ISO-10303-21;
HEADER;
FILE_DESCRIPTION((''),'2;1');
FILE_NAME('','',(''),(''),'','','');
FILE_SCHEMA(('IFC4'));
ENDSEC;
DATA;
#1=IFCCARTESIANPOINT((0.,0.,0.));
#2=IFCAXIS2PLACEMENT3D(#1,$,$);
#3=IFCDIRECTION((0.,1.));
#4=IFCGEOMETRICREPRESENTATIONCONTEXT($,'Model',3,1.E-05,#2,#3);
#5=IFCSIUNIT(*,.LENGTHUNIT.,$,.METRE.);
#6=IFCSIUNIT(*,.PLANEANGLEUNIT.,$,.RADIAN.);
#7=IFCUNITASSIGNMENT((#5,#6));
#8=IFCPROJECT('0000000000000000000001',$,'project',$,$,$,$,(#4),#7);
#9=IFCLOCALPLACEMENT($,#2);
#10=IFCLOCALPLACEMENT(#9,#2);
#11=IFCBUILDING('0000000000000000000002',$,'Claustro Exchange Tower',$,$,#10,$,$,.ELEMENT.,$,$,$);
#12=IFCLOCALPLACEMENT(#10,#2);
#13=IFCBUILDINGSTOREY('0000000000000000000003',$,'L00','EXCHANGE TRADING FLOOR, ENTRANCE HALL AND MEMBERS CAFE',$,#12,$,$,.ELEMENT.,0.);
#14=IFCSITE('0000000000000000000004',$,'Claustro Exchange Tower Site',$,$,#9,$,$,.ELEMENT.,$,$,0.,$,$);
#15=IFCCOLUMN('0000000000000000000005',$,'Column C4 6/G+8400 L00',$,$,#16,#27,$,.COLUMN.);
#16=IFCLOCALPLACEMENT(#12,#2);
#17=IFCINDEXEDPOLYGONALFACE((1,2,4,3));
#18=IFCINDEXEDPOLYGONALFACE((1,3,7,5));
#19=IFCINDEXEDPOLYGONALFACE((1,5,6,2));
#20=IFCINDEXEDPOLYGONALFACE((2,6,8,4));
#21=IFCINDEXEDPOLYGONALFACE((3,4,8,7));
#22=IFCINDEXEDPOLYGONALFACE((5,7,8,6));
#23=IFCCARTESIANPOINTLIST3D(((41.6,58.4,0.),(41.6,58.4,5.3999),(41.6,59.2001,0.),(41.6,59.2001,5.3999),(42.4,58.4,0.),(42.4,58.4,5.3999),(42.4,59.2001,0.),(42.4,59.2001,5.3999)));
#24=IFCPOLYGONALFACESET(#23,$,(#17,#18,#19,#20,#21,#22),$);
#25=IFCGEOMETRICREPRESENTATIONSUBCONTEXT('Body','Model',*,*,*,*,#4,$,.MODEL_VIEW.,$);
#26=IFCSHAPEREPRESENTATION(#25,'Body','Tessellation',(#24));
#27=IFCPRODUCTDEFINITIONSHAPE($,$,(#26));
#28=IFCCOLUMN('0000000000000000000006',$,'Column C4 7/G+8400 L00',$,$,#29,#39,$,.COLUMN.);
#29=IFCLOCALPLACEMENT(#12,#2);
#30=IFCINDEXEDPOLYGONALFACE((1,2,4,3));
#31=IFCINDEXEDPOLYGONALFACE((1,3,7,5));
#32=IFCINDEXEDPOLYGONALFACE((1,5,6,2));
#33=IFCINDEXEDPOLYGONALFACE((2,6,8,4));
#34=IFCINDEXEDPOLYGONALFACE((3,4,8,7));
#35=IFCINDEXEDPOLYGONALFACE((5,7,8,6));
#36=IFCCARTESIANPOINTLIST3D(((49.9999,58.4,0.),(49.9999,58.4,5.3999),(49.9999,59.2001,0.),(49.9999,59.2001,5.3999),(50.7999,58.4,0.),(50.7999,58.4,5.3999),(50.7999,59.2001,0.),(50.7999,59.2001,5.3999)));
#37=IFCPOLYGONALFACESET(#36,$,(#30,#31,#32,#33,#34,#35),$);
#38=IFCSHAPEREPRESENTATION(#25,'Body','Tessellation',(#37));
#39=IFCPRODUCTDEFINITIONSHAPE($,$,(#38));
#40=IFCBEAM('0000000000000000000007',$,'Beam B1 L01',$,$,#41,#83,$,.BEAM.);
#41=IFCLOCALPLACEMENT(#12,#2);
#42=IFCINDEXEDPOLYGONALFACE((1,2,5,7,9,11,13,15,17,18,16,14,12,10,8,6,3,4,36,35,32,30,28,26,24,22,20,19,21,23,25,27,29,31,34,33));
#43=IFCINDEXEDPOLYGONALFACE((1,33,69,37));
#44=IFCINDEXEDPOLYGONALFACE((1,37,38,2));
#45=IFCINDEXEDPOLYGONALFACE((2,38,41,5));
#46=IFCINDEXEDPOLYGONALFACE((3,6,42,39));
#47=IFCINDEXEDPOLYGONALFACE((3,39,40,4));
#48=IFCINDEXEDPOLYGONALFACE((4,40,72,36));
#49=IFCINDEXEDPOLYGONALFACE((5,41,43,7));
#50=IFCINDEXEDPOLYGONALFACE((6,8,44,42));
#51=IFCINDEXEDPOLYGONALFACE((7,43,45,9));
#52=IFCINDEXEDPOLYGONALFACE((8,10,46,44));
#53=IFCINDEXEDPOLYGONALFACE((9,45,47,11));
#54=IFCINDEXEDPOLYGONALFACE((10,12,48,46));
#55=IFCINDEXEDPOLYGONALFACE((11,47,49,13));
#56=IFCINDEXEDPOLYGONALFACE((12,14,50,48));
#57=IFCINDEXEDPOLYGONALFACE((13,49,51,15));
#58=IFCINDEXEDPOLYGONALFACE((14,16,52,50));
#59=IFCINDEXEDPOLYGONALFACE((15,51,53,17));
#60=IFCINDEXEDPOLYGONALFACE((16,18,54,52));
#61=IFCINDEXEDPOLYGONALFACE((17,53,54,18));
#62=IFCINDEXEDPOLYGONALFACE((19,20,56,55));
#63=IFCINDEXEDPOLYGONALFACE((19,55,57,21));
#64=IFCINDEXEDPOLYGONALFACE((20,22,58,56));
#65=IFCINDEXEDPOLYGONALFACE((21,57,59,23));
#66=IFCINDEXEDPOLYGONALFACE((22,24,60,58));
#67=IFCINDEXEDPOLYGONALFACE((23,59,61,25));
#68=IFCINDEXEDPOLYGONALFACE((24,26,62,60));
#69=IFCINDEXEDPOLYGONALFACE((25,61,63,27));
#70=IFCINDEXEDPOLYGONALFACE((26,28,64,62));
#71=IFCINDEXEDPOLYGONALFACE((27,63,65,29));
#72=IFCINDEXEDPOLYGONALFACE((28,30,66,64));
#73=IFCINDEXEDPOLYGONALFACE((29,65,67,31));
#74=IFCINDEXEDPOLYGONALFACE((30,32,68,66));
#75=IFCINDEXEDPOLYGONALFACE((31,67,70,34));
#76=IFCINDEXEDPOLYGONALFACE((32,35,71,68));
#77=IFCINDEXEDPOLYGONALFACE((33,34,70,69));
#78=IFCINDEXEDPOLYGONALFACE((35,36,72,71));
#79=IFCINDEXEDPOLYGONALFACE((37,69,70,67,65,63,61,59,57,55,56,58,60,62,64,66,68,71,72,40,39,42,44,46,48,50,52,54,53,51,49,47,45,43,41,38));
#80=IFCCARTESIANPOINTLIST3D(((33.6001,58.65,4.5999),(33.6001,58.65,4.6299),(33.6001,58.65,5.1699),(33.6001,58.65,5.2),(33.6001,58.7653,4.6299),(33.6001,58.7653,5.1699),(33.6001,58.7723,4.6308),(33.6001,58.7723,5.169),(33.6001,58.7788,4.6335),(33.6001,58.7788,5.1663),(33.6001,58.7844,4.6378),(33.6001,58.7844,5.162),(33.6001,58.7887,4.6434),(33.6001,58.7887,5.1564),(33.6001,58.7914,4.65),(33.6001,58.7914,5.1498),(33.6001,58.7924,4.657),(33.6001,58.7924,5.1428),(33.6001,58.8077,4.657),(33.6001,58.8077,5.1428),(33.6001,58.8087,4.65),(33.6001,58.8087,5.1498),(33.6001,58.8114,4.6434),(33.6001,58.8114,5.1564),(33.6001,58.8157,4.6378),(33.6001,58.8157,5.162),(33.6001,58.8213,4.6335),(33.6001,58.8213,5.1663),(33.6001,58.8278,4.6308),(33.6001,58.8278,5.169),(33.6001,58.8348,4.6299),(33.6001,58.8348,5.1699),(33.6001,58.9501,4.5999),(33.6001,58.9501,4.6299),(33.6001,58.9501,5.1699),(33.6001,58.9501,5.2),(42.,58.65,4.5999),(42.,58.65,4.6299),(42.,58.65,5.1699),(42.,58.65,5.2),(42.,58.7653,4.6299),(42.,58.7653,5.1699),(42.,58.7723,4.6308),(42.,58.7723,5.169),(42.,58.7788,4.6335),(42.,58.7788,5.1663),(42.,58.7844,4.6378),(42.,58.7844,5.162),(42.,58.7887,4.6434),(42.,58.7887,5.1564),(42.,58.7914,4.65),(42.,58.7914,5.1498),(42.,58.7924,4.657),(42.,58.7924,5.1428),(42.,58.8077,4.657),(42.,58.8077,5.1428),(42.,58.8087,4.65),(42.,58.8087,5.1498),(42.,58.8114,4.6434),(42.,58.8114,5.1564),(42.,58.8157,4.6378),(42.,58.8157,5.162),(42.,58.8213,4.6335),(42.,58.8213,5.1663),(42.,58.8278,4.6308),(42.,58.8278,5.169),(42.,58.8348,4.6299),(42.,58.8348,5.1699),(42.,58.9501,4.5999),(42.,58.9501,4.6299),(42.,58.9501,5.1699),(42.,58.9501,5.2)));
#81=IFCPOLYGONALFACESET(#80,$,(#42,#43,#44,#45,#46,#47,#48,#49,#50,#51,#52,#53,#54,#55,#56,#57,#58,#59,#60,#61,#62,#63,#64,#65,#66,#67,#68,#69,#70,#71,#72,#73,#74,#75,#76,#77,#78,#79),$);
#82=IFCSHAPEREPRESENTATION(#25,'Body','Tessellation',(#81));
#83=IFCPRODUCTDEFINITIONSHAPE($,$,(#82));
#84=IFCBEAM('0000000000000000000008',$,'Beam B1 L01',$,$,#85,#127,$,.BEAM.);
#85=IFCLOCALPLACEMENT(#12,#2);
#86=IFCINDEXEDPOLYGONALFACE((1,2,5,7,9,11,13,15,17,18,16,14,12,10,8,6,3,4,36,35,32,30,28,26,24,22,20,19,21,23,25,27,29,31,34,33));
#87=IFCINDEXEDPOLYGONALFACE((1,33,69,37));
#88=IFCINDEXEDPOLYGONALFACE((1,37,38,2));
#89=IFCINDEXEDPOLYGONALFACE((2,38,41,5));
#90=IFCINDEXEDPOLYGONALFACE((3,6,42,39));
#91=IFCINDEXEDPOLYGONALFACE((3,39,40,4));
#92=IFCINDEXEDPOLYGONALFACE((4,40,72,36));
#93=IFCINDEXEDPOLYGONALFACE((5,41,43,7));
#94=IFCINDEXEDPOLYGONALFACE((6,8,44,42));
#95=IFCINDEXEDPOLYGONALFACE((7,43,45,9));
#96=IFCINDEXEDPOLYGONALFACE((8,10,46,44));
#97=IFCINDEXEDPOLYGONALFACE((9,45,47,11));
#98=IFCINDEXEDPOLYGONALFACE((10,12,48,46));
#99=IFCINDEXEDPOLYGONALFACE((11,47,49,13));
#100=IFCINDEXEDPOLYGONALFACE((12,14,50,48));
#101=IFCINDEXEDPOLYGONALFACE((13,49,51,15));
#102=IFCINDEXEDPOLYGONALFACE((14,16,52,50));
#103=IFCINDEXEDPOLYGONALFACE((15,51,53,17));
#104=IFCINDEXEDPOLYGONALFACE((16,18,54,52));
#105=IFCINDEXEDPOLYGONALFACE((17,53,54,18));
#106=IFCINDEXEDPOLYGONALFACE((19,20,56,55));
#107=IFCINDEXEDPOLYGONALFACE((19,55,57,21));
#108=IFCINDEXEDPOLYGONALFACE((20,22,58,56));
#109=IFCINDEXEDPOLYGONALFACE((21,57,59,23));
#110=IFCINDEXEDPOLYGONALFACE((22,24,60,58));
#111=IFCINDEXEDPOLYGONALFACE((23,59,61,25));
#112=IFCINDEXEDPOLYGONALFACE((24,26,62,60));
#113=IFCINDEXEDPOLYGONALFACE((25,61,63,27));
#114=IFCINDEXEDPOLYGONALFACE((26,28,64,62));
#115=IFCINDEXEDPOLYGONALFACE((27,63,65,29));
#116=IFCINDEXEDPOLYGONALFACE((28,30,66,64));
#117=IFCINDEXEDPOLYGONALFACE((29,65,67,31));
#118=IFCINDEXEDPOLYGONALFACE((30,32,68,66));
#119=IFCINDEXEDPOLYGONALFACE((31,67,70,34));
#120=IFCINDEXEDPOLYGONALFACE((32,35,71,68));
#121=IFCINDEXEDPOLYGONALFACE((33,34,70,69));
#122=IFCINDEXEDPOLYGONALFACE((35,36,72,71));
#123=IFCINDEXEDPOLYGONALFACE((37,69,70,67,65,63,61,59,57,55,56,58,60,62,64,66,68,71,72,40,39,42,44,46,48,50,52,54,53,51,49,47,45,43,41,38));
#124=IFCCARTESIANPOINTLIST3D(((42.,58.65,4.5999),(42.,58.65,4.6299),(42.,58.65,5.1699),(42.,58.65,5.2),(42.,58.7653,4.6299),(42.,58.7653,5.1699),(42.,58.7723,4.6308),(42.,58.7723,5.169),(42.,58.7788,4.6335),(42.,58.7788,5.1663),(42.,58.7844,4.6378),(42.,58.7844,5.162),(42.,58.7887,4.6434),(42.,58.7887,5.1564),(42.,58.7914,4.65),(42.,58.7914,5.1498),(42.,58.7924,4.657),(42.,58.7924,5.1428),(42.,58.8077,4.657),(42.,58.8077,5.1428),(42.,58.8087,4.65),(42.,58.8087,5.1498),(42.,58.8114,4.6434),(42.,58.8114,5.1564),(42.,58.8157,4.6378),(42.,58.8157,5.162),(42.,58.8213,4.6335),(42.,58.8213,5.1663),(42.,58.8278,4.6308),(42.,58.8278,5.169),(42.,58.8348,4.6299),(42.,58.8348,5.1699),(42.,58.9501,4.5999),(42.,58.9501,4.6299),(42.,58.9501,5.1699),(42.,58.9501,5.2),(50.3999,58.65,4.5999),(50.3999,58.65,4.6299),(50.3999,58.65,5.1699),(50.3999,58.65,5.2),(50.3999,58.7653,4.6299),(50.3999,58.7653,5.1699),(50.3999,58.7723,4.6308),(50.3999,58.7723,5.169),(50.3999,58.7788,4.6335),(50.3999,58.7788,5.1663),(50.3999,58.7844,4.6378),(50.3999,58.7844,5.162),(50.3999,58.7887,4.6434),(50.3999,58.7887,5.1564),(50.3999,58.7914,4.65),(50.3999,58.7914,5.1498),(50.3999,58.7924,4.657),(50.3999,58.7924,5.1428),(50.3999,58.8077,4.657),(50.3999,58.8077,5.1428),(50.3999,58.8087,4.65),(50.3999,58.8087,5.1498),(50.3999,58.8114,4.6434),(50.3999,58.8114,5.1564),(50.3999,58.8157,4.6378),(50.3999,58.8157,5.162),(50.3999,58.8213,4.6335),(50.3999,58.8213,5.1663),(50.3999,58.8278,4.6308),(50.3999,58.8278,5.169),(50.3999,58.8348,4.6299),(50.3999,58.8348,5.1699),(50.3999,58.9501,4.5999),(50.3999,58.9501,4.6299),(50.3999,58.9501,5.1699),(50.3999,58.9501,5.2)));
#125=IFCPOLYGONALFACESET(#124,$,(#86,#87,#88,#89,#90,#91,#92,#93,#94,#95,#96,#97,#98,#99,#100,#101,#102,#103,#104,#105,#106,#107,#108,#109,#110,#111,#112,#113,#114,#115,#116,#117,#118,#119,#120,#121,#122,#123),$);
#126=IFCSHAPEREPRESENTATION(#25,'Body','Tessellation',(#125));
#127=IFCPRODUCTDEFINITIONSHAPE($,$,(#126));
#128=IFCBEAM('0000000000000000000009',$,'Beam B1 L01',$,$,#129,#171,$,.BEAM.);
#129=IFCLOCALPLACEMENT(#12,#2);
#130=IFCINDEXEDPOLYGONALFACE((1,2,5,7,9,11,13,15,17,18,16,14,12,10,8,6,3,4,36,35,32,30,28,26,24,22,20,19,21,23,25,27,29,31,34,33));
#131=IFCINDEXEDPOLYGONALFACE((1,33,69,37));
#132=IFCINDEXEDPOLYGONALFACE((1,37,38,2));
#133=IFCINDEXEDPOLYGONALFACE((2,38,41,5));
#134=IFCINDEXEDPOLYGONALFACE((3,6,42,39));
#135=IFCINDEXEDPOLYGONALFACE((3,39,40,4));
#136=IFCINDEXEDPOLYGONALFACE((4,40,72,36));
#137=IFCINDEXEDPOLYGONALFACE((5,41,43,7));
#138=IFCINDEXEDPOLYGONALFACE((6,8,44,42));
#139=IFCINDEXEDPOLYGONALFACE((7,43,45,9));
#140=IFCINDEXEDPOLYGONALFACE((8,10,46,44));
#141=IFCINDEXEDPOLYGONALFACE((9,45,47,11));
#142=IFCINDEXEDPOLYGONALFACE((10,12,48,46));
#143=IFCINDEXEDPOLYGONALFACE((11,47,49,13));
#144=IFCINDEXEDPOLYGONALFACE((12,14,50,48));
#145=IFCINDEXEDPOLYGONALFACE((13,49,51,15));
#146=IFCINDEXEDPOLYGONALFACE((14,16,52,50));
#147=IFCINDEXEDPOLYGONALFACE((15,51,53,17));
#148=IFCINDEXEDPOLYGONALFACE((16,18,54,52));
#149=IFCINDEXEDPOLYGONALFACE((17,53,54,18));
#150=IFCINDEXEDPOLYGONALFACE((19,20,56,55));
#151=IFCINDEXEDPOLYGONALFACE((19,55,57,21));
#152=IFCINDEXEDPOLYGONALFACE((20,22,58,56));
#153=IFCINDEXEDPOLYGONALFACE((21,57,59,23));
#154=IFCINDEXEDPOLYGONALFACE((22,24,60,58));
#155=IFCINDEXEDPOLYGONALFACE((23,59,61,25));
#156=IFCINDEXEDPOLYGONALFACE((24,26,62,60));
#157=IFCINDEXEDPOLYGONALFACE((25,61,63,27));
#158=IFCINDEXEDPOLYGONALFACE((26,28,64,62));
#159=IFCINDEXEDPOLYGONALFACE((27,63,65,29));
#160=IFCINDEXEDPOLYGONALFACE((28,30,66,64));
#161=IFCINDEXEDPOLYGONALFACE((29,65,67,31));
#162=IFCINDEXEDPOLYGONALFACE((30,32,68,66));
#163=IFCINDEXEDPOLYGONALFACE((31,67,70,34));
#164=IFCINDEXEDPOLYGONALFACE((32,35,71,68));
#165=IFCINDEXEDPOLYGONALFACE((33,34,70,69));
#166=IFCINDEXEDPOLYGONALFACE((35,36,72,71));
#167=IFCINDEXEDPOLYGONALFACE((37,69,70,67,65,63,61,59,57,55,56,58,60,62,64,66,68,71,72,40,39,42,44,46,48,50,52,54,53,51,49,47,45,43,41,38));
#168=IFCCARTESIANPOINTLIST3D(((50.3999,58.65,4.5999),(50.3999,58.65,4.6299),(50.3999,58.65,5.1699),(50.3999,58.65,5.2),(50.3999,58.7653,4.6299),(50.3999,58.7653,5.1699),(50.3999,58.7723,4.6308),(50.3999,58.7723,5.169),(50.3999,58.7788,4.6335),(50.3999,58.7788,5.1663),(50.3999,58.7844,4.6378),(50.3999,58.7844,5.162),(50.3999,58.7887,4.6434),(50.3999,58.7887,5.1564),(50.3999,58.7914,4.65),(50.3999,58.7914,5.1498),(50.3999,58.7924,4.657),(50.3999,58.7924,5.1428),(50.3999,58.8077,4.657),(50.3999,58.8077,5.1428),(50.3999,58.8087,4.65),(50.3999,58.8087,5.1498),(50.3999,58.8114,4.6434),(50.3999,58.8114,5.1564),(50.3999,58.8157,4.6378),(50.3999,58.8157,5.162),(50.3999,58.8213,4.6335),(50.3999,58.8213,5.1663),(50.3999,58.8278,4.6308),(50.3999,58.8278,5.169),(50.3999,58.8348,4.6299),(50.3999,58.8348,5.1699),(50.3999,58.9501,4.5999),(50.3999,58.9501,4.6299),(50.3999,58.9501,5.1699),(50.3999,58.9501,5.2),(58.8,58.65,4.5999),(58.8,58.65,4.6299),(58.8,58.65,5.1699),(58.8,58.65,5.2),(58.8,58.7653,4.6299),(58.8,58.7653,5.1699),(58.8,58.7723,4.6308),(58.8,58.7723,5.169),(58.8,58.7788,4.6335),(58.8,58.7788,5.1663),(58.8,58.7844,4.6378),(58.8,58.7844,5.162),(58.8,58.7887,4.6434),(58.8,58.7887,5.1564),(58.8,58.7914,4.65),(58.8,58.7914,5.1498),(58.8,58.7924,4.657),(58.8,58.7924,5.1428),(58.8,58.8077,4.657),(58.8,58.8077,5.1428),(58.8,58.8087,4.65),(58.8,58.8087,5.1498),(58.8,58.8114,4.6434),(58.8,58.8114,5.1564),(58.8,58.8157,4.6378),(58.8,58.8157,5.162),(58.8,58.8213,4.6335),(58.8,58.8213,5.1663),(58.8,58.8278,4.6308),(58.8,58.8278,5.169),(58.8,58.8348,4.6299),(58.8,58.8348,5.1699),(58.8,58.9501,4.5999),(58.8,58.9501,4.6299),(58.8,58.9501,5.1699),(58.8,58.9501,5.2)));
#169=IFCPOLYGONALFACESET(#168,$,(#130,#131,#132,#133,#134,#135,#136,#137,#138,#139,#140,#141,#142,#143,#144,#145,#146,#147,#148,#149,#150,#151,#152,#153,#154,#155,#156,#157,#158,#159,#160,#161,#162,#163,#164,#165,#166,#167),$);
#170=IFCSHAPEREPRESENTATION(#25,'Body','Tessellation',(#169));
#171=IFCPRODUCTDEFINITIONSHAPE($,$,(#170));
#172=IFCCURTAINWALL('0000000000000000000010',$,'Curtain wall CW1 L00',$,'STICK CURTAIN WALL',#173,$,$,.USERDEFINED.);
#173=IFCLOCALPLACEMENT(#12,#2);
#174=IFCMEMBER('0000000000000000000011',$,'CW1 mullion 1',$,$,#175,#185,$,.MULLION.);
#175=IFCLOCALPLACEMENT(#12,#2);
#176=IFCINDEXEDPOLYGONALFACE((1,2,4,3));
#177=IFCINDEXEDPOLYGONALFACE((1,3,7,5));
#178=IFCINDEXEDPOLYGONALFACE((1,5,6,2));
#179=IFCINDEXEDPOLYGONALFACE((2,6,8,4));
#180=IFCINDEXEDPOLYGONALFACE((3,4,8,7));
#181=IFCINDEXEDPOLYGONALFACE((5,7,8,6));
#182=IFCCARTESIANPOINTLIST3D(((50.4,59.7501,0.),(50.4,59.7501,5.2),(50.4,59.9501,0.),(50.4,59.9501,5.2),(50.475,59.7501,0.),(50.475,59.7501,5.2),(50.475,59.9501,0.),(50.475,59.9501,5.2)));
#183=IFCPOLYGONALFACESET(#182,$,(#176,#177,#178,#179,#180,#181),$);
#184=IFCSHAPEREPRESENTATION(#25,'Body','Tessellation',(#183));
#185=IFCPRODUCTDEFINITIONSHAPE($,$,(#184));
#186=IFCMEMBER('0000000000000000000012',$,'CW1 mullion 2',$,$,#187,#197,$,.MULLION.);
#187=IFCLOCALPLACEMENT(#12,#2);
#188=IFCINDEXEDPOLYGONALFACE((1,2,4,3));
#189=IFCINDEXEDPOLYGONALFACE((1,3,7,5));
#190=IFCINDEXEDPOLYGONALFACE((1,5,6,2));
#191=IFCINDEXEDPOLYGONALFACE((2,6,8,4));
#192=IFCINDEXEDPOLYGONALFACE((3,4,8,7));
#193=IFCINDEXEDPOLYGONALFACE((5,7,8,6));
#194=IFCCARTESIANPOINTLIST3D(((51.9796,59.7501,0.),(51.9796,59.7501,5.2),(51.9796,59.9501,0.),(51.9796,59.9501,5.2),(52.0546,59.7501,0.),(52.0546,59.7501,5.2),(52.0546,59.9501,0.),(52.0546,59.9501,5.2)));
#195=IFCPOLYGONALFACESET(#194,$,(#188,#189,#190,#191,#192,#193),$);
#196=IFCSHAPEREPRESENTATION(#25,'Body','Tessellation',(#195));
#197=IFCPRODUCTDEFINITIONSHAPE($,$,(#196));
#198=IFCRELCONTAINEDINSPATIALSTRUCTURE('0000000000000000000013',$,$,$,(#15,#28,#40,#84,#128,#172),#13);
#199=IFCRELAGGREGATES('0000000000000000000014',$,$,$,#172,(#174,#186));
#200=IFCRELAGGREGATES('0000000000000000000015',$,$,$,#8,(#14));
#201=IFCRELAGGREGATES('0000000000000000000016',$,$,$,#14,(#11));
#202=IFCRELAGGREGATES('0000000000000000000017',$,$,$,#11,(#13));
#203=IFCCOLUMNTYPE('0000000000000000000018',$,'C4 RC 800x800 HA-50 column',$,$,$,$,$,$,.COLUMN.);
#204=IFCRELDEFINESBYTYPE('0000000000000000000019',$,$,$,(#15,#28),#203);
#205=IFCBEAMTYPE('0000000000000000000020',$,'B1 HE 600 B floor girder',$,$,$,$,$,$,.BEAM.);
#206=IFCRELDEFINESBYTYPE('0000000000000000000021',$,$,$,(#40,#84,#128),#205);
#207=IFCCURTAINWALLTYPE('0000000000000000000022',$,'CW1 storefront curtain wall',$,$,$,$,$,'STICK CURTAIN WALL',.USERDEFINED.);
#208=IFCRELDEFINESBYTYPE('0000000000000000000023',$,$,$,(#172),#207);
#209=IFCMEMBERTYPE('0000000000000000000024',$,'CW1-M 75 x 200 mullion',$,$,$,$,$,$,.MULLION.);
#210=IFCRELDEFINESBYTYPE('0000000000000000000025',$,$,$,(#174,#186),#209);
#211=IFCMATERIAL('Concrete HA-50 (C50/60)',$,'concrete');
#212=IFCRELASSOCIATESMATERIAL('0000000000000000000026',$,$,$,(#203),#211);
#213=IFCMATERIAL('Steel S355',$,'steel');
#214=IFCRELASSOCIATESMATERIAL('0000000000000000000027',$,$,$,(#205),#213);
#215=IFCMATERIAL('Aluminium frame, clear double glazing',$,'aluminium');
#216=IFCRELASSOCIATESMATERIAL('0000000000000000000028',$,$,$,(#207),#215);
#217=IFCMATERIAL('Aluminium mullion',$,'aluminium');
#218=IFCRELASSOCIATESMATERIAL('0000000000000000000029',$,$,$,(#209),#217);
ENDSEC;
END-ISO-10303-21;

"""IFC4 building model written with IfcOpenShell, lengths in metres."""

from ifc_helpers import new_model, si_unit, direction, frame, origin, origin_2d, place, context, subcontext, project, spatial, rectangle, i_section, extrude, material, material_profile, profile_set, type_object, element, aggregate, save


model = new_model("IFC4")

# Units and contexts
model_context = context("Model", 3, precision=1e-05, world=origin(), true_north=direction((0.0, 1.0)))
body_context = subcontext(model_context, "Body", "Model", "MODEL_VIEW")
ifc_project = project(units=[si_unit("LENGTHUNIT", "METRE"), si_unit("PLANEANGLEUNIT", "RADIAN")], contexts=[model_context])

# Site, building, storey
site_placement = place(None, origin())
site = spatial("IfcSite", under=ifc_project, at=site_placement, Name="Claustro Exchange Tower Site", CompositionType="ELEMENT", RefElevation=0.0)
building_placement = place(site_placement, origin())
building = spatial("IfcBuilding", under=site, at=building_placement, Name="Claustro Exchange Tower", CompositionType="ELEMENT")
storey_placement = place(building_placement, origin())
storey = spatial("IfcBuildingStorey", under=building, at=storey_placement, Name="L00", Description="EXCHANGE TRADING FLOOR, ENTRANCE HALL AND MEMBERS CAFE", CompositionType="ELEMENT", Elevation=0.0)

# Columns
ifc_material_1 = material(Name="Concrete HA-50 (C50/60)", Category="concrete")
ifc_material_profile_1 = material_profile(ifc_material_1, rectangle(XDim=0.8, YDim=0.8, at=origin_2d()), Name="RC 800x800")
ifc_profile_set_1 = profile_set([ifc_material_profile_1], Name="Concrete HA-50 (C50/60)")
column_type = type_object("IfcColumnType", Name="C4 RC 800x800 HA-50 column", PredefinedType="COLUMN", material=ifc_profile_set_1)
for number, where, z_axis, x_axis, name in (
    (1, (42.0, 58.8, 0.0), (0.0, 0.0, 1.0), (1.0, 0.0, 0.0), "Column C4 6/G+8400 L00"),
    (2, (50.3999, 58.8, 0.0), (0.0, 0.0, 1.0), (1.0, 0.0, 0.0), "Column C4 7/G+8400 L00"),
):
    element("IfcColumn", number, at=place(storey_placement, frame(where, z_axis=z_axis, x_axis=x_axis)), inside=storey, type_object=column_type, Name=name, PredefinedType="COLUMN", context=body_context, shape_type="SweptSolid", body=[
        extrude(rectangle(XDim=0.8, YDim=0.8, at=origin_2d()), origin(), (0.0, 0.0, 1.0), 5.3999),
    ])

# Beams
ifc_material_2 = material(Name="Steel S355", Category="steel")
ifc_material_profile_2 = material_profile(ifc_material_2, i_section(OverallWidth=0.3, OverallDepth=0.6001, WebThickness=0.0154, FlangeThickness=0.03, FilletRadius=0.0271, at=origin_2d()), Name="HE 600 B")
ifc_profile_set_2 = profile_set([ifc_material_profile_2], Name="Steel S355")
beam_type = type_object("IfcBeamType", Name="B1 HE 600 B floor girder", PredefinedType="BEAM", material=ifc_profile_set_2)
for number, where, z_axis, x_axis, name in (
    (3, (33.6001, 58.8, 4.8999), (1.0, 0.0, 0.0), (0.0, 1.0, 0.0), "Beam B1 L01"),
    (4, (42.0, 58.8, 4.8999), (1.0, 0.0, 0.0), (0.0, 1.0, 0.0), "Beam B1 L01"),
):
    element("IfcBeam", number, at=place(storey_placement, frame(where, z_axis=z_axis, x_axis=x_axis)), inside=storey, type_object=beam_type, Name=name, PredefinedType="BEAM", context=body_context, shape_type="SweptSolid", body=[
        extrude(i_section(OverallWidth=0.3, OverallDepth=0.6001, WebThickness=0.0154, FlangeThickness=0.03, FilletRadius=0.0271, at=origin_2d()), origin(), (0.0, 0.0, 1.0), 8.3999),
    ])
beam_placement = place(storey_placement, frame((50.3999, 58.8, 4.8999), z_axis=(1.0, 0.0, 0.0), x_axis=(0.0, 1.0, 0.0)))
element("IfcBeam", 5, at=beam_placement, inside=storey, type_object=beam_type, Name="Beam B1 L01", PredefinedType="BEAM", context=body_context, shape_type="SweptSolid", body=[
    extrude(i_section(OverallWidth=0.3, OverallDepth=0.6001, WebThickness=0.0154, FlangeThickness=0.03, FilletRadius=0.0271, at=origin_2d()), origin(), (0.0, 0.0, 1.0), 8.4001),
])

# Curtain wall, members
ifc_material_3 = material(Name="Aluminium frame, clear double glazing", Category="aluminium")
curtain_wall_type = type_object("IfcCurtainWallType", Name="CW1 storefront curtain wall", ElementType="STICK CURTAIN WALL", PredefinedType="USERDEFINED", material=ifc_material_3)
curtain_wall_placement = place(storey_placement, origin())
curtain_wall = element("IfcCurtainWall", 6, at=curtain_wall_placement, inside=storey, type_object=curtain_wall_type, Name="Curtain wall CW1 L00", ObjectType="STICK CURTAIN WALL", PredefinedType="USERDEFINED")
ifc_material_4 = material(Name="Aluminium mullion", Category="aluminium")
ifc_material_profile_3 = material_profile(ifc_material_4, rectangle(XDim=0.2, YDim=0.075, at=origin_2d()), Name="CW1-M 75x200")
ifc_profile_set_3 = profile_set([ifc_material_profile_3], Name="Aluminium mullion")
member_type_1 = type_object("IfcMemberType", Name="CW1-M 75 x 200 mullion", PredefinedType="MULLION", material=ifc_profile_set_3)
member_1_placement = place(storey_placement, frame((50.4375, 59.8501, 0.0), z_axis=(0.0, 0.0, 1.0), x_axis=(0.0, 1.0, 0.0)))
member_1 = element("IfcMember", 7, at=member_1_placement, type_object=member_type_1, Name="CW1 mullion 1", PredefinedType="MULLION", context=body_context, shape_type="SweptSolid", body=[
    extrude(rectangle(XDim=0.2, YDim=0.075, at=origin_2d()), origin(), (0.0, 0.0, 1.0), 5.2),
])
member_2_placement = place(storey_placement, frame((52.0171, 59.8501, 0.0), z_axis=(0.0, 0.0, 1.0), x_axis=(0.0, 1.0, 0.0)))
member_2 = element("IfcMember", 8, at=member_2_placement, type_object=member_type_1, Name="CW1 mullion 2", PredefinedType="MULLION", context=body_context, shape_type="SweptSolid", body=[
    extrude(rectangle(XDim=0.2, YDim=0.075, at=origin_2d()), origin(), (0.0, 0.0, 1.0), 5.2),
])
aggregate(curtain_wall, [member_1, member_2])

save(model, "model.ifc")
